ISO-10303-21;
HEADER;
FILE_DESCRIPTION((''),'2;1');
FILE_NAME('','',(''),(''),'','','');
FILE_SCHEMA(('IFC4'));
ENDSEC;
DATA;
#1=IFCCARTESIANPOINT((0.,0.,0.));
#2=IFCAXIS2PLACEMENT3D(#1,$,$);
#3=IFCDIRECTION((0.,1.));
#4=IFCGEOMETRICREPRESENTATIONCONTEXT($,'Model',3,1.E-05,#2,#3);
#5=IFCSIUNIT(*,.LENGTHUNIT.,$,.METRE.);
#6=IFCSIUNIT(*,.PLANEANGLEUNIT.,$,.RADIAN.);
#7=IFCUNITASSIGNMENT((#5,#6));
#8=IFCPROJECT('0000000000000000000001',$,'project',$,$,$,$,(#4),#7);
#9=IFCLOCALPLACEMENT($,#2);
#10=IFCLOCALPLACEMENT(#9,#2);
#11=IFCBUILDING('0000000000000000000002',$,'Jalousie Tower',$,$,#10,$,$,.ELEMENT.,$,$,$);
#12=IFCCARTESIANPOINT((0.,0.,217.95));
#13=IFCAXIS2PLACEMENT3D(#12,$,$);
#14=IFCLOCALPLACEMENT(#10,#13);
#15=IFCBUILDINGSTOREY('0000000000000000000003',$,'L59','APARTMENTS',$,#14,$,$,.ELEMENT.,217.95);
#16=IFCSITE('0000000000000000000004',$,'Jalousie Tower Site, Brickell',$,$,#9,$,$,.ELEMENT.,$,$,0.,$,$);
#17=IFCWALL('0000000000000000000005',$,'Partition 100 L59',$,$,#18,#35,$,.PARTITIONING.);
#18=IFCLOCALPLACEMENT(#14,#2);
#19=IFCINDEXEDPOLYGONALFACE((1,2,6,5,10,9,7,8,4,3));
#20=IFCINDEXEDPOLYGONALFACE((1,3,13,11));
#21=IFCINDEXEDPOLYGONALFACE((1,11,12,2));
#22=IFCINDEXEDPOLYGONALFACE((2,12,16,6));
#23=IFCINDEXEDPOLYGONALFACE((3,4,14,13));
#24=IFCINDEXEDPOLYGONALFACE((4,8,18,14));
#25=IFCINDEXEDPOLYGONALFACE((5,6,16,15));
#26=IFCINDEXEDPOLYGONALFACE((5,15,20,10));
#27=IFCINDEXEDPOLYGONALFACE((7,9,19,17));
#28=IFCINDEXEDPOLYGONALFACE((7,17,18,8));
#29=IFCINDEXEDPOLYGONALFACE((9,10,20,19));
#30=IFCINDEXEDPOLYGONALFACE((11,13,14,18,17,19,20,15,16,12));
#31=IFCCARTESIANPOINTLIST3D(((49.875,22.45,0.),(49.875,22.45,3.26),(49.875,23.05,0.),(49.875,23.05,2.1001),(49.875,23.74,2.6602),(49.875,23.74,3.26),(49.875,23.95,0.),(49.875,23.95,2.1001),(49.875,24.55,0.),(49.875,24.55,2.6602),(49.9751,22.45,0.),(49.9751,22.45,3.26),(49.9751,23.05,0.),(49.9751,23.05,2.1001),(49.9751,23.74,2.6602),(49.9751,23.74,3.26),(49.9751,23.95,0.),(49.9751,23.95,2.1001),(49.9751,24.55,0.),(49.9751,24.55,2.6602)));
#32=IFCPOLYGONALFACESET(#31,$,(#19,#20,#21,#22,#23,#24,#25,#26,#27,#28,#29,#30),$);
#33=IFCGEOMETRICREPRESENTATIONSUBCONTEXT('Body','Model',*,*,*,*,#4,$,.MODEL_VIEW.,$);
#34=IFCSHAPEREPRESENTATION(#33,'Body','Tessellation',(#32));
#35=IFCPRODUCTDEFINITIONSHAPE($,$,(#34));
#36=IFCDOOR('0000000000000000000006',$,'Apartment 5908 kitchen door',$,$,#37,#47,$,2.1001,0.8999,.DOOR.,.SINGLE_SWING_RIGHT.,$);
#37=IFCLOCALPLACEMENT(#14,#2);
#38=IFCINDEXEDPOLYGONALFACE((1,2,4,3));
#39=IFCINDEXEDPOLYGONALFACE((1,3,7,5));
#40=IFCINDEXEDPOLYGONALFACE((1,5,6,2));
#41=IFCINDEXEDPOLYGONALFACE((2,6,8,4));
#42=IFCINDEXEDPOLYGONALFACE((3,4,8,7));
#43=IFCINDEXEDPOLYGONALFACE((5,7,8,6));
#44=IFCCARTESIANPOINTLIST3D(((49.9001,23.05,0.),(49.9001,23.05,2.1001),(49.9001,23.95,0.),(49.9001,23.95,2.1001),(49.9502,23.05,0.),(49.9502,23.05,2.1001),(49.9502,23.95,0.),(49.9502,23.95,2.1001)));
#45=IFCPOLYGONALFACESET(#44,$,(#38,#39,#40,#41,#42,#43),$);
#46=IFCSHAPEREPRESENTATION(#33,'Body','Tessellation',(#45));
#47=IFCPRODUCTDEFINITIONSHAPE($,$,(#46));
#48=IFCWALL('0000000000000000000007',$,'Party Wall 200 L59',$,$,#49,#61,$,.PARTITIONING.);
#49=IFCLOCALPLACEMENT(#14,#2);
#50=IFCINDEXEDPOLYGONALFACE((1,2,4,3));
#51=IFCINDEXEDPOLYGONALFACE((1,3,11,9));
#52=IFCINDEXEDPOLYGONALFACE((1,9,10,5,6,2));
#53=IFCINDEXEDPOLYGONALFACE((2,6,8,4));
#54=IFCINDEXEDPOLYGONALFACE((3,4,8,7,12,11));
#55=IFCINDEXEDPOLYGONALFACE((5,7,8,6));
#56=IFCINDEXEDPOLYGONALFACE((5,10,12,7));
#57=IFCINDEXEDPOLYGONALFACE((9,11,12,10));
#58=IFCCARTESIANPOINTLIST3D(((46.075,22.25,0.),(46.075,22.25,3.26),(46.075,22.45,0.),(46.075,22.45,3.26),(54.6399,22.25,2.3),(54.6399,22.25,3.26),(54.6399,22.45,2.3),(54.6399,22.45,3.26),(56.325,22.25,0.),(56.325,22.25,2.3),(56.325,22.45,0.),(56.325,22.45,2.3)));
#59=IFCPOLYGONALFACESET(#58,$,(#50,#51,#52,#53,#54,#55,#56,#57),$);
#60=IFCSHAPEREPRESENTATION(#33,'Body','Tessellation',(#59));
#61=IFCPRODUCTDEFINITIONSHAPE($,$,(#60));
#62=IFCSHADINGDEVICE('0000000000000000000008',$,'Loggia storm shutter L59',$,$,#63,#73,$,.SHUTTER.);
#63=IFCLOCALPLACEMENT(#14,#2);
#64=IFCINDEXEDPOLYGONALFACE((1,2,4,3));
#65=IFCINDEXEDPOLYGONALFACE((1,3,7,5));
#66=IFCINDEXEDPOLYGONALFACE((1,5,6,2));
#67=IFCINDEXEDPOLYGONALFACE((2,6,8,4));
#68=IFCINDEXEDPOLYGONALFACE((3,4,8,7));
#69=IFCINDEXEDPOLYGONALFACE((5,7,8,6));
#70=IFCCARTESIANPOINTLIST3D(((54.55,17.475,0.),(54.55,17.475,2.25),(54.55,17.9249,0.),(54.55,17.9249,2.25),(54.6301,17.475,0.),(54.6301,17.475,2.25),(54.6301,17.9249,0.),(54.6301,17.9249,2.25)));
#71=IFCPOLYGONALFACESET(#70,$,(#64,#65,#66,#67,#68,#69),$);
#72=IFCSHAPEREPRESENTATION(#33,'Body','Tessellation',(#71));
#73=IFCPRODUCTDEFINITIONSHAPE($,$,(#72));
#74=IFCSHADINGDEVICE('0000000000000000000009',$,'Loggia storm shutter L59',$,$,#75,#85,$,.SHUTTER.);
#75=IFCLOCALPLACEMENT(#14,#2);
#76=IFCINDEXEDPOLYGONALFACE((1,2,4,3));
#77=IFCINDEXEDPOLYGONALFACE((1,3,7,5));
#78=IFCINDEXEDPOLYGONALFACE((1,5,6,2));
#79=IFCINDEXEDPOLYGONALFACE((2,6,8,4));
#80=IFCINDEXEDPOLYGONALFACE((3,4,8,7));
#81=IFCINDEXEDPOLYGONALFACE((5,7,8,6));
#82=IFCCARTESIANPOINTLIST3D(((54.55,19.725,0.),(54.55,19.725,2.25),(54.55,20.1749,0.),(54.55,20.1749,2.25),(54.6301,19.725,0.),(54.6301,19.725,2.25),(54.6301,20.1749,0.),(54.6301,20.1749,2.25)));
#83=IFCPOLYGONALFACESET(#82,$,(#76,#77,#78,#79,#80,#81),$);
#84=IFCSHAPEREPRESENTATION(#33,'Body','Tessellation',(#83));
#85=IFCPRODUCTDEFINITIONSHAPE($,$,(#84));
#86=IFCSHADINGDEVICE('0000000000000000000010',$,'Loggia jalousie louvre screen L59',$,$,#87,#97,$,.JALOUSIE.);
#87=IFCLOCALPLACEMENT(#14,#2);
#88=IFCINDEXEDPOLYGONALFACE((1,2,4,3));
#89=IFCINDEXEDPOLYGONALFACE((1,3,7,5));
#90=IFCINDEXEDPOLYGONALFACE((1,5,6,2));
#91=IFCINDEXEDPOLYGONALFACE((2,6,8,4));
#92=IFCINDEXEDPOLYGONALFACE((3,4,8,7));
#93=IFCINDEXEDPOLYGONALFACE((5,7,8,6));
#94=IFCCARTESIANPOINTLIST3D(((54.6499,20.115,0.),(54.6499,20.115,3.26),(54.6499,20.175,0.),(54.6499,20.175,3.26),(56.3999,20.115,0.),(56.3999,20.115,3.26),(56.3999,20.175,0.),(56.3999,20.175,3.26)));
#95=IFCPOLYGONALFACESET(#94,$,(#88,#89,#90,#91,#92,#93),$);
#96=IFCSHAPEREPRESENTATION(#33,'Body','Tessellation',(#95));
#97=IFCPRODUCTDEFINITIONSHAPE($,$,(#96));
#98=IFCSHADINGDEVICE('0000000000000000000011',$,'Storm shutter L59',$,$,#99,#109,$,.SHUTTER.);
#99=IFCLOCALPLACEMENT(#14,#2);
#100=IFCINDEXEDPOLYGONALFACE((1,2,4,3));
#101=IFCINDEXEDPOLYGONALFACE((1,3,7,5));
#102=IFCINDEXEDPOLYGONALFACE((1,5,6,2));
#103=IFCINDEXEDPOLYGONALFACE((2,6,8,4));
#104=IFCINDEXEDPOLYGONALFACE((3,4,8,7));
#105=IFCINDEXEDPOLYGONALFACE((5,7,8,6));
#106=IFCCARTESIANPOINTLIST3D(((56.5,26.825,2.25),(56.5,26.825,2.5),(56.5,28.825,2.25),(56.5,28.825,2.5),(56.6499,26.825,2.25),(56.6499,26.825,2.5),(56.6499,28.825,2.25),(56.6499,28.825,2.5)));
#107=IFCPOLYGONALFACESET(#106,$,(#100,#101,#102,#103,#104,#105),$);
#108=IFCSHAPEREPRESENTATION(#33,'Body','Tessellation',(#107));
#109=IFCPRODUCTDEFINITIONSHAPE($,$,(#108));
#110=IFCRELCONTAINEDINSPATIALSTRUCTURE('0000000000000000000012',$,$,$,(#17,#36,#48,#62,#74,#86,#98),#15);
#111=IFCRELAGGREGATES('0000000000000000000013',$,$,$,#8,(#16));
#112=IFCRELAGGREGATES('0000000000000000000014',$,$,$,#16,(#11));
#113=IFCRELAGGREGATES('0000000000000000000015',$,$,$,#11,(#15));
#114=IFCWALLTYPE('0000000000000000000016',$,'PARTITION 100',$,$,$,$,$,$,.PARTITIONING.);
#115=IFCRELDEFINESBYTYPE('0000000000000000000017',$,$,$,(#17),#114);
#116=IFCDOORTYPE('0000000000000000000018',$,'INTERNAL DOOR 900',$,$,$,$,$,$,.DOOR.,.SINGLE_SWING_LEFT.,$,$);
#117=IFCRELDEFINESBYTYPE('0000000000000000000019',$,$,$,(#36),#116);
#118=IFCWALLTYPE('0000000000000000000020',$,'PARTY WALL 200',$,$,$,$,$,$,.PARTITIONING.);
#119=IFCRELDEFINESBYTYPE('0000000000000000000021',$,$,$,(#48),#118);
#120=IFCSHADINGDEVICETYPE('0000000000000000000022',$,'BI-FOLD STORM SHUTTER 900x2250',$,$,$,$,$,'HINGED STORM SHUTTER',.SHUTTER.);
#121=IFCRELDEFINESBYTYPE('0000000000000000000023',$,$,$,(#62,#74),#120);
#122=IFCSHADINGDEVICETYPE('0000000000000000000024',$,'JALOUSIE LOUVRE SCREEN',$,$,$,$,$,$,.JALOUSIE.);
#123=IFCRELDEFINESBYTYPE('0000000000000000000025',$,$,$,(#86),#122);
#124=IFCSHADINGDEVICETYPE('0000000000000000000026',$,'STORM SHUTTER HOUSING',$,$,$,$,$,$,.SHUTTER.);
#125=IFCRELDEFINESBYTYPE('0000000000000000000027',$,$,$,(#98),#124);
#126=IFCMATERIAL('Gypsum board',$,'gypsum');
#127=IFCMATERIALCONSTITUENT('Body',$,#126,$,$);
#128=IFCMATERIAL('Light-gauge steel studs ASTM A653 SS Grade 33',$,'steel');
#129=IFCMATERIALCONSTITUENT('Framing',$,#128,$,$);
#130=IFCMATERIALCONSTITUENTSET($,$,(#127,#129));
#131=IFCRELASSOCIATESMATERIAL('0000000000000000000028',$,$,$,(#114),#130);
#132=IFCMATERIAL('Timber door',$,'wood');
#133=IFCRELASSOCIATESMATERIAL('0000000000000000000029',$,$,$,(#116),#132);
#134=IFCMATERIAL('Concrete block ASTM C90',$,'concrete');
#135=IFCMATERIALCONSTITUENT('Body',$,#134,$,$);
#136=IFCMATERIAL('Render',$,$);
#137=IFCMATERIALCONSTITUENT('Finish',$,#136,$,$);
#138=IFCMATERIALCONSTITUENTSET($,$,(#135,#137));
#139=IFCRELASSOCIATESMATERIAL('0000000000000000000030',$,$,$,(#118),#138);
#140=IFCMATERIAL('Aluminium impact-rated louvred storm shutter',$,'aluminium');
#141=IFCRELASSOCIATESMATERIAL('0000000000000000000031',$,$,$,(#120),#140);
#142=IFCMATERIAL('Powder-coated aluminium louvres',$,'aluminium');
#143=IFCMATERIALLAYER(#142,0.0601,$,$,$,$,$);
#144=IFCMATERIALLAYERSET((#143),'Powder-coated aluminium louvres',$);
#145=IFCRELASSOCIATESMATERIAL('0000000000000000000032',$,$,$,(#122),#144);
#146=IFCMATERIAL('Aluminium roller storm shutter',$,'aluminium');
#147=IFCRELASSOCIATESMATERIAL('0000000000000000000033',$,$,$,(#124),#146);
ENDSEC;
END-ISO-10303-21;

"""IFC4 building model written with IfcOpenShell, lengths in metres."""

from ifc_helpers import new_model, si_unit, direction, frame, frame_2d, origin, origin_2d, place, context, subcontext, project, spatial, polyline, rectangle, outline, extrude, material, layer, layer_set, constituent, constituent_set, type_object, element, fill, save


model = new_model("IFC4")

# Units and contexts
model_context = context("Model", 3, precision=1e-05, world=origin(), true_north=direction((0.0, 1.0)))
body_context = subcontext(model_context, "Body", "Model", "MODEL_VIEW")
ifc_project = project(units=[si_unit("LENGTHUNIT", "METRE"), si_unit("PLANEANGLEUNIT", "RADIAN")], contexts=[model_context])

# Site, building, storey
site_placement = place(None, origin())
site = spatial("IfcSite", under=ifc_project, at=site_placement, Name="Jalousie Tower Site, Brickell", CompositionType="ELEMENT", RefElevation=0.0)
building_placement = place(site_placement, origin())
building = spatial("IfcBuilding", under=site, at=building_placement, Name="Jalousie Tower", CompositionType="ELEMENT")
storey_placement = place(building_placement, frame((0.0, 0.0, 217.95)))
storey = spatial("IfcBuildingStorey", under=building, at=storey_placement, Name="L59", Description="APARTMENTS", CompositionType="ELEMENT", Elevation=217.95)

# Wall, opening, door
ifc_material_1 = material(Name="Gypsum board", Category="gypsum")
ifc_constituent_1 = constituent(ifc_material_1, Name="Body")
ifc_material_2 = material(Name="Light-gauge steel studs ASTM A653 SS Grade 33", Category="steel")
ifc_constituent_2 = constituent(ifc_material_2, Name="Framing")
ifc_constituent_set_1 = constituent_set(constituents=[ifc_constituent_1, ifc_constituent_2])
wall_type_1 = type_object("IfcWallType", Name="PARTITION 100", PredefinedType="PARTITIONING", material=ifc_constituent_set_1)
wall_1_placement = place(storey_placement, frame((49.925, 22.45, 0.0), z_axis=(0.0, 0.0, 1.0), x_axis=(0.0, 1.0, 0.0)))
wall_1 = element("IfcWall", 1, at=wall_1_placement, inside=storey, type_object=wall_type_1, Name="Partition 100 L59", PredefinedType="PARTITIONING", context=body_context, shape_type="SweptSolid", body=[
    extrude(outline(polyline([(0.0, 0.0), (2.1001, 0.0), (2.1001, 3.26), (2.1001, 2.6602), (1.29, 2.6602), (1.29, 3.26), (0.0, 3.26), (0.0, 0.0)])), frame((0.0, 0.05, 0.0), z_axis=(0.0, -1.0, 0.0), x_axis=(1.0, 0.0, 0.0)), (0.0, 0.0, 1.0), 0.1001),
])
opening_1_placement = place(wall_1_placement, frame((0.6001, 0.0, 0.0)))
opening_1 = element("IfcOpeningElement", 2, at=opening_1_placement, cuts=wall_1, PredefinedType="OPENING", context=body_context, shape_type="SweptSolid", body=[
    extrude(rectangle(XDim=0.8999, YDim=2.1001, at=frame_2d((0.45, 1.05))), frame((0.0, 0.0601, 0.0), z_axis=(0.0, -1.0, 0.0), x_axis=(1.0, 0.0, 0.0)), (0.0, 0.0, 1.0), 0.1201),
])
ifc_material_3 = material(Name="Timber door", Category="wood")
door_type = type_object("IfcDoorType", Name="INTERNAL DOOR 900", OperationType="SINGLE_SWING_LEFT", PredefinedType="DOOR", material=ifc_material_3)
door_placement = place(opening_1_placement, origin())
door = element("IfcDoor", 3, at=door_placement, inside=storey, type_object=door_type, Name="Apartment 5908 kitchen door", OperationType="SINGLE_SWING_RIGHT", OverallHeight=2.1001, OverallWidth=0.8999, PredefinedType="DOOR", context=body_context, shape_type="SweptSolid", body=[
    extrude(rectangle(XDim=0.8999, YDim=2.1001, at=frame_2d((0.45, 1.05))), frame((0.0, 0.0249, 0.0), z_axis=(0.0, -1.0, 0.0), x_axis=(1.0, 0.0, 0.0)), (0.0, 0.0, 1.0), 0.05),
])
fill(opening_1, door)

# Wall
ifc_material_4 = material(Name="Concrete block ASTM C90", Category="concrete")
ifc_constituent_3 = constituent(ifc_material_4, Name="Body")
ifc_material_5 = material(Name="Render")
ifc_constituent_4 = constituent(ifc_material_5, Name="Finish")
ifc_constituent_set_2 = constituent_set(constituents=[ifc_constituent_3, ifc_constituent_4])
wall_type_2 = type_object("IfcWallType", Name="PARTY WALL 200", PredefinedType="PARTITIONING", material=ifc_constituent_set_2)
wall_2_placement = place(storey_placement, frame((56.325, 22.3501, 0.0), z_axis=(0.0, 0.0, 1.0), x_axis=(-1.0, 0.0, 0.0)))
element("IfcWall", 4, at=wall_2_placement, inside=storey, type_object=wall_type_2, Name="Party Wall 200 L59", PredefinedType="PARTITIONING", context=body_context, shape_type="SweptSolid", body=[
    extrude(outline(polyline([(0.0, 0.0), (10.25, 0.0), (10.25, 3.26), (1.6851, 3.26), (1.6851, 2.3), (0.0, 2.3), (0.0, 3.26), (0.0, 0.0)])), frame((0.0, 0.1001, 0.0), z_axis=(0.0, -1.0, 0.0), x_axis=(1.0, 0.0, 0.0)), (0.0, 0.0, 1.0), 0.2),
])

# Shading devices
ifc_material_6 = material(Name="Aluminium impact-rated louvred storm shutter", Category="aluminium")
shading_device_type_1 = type_object("IfcShadingDeviceType", Name="BI-FOLD STORM SHUTTER 900x2250", ElementType="HINGED STORM SHUTTER", PredefinedType="SHUTTER", material=ifc_material_6)
for number, where, z_axis, x_axis, name in (
    (5, (54.5901, 17.7, 0.0), (0.0, 0.0, 1.0), (0.0, 1.0, 0.0), "Loggia storm shutter L59"),
    (6, (54.5901, 19.95, 0.0), (0.0, 0.0, 1.0), (0.0, 1.0, 0.0), "Loggia storm shutter L59"),
):
    element("IfcShadingDevice", number, at=place(storey_placement, frame(where, z_axis=z_axis, x_axis=x_axis)), inside=storey, type_object=shading_device_type_1, Name=name, PredefinedType="SHUTTER", context=body_context, shape_type="SweptSolid", body=[
        extrude(rectangle(XDim=0.45, YDim=0.0801, at=origin_2d()), origin(), (0.0, 0.0, 1.0), 2.25),
    ])
ifc_material_7 = material(Name="Powder-coated aluminium louvres", Category="aluminium")
ifc_layer_1 = layer(ifc_material_7, 0.0601)
ifc_layer_set_1 = layer_set([ifc_layer_1], Name="Powder-coated aluminium louvres")
shading_device_type_2 = type_object("IfcShadingDeviceType", Name="JALOUSIE LOUVRE SCREEN", PredefinedType="JALOUSIE", material=ifc_layer_set_1)
shading_device_1_placement = place(storey_placement, frame((55.5249, 20.145, 0.0), z_axis=(0.0, 0.0, 1.0), x_axis=(0.0, 1.0, 0.0)))
element("IfcShadingDevice", 7, at=shading_device_1_placement, inside=storey, type_object=shading_device_type_2, Name="Loggia jalousie louvre screen L59", PredefinedType="JALOUSIE", context=body_context, shape_type="SweptSolid", body=[
    extrude(rectangle(XDim=0.0601, YDim=1.75, at=origin_2d()), origin(), (0.0, 0.0, 1.0), 3.26),
])
ifc_material_8 = material(Name="Aluminium roller storm shutter", Category="aluminium")
shading_device_type_3 = type_object("IfcShadingDeviceType", Name="STORM SHUTTER HOUSING", PredefinedType="SHUTTER", material=ifc_material_8)
shading_device_2_placement = place(storey_placement, frame((56.575, 27.825, 2.25), z_axis=(0.0, 0.0, 1.0), x_axis=(0.0, 1.0, 0.0)))
element("IfcShadingDevice", 8, at=shading_device_2_placement, inside=storey, type_object=shading_device_type_3, Name="Storm shutter L59", PredefinedType="SHUTTER", context=body_context, shape_type="SweptSolid", body=[
    extrude(rectangle(XDim=2.0, YDim=0.1499, at=origin_2d()), origin(), (0.0, 0.0, 1.0), 0.25),
])

save(model, "model.ifc")
